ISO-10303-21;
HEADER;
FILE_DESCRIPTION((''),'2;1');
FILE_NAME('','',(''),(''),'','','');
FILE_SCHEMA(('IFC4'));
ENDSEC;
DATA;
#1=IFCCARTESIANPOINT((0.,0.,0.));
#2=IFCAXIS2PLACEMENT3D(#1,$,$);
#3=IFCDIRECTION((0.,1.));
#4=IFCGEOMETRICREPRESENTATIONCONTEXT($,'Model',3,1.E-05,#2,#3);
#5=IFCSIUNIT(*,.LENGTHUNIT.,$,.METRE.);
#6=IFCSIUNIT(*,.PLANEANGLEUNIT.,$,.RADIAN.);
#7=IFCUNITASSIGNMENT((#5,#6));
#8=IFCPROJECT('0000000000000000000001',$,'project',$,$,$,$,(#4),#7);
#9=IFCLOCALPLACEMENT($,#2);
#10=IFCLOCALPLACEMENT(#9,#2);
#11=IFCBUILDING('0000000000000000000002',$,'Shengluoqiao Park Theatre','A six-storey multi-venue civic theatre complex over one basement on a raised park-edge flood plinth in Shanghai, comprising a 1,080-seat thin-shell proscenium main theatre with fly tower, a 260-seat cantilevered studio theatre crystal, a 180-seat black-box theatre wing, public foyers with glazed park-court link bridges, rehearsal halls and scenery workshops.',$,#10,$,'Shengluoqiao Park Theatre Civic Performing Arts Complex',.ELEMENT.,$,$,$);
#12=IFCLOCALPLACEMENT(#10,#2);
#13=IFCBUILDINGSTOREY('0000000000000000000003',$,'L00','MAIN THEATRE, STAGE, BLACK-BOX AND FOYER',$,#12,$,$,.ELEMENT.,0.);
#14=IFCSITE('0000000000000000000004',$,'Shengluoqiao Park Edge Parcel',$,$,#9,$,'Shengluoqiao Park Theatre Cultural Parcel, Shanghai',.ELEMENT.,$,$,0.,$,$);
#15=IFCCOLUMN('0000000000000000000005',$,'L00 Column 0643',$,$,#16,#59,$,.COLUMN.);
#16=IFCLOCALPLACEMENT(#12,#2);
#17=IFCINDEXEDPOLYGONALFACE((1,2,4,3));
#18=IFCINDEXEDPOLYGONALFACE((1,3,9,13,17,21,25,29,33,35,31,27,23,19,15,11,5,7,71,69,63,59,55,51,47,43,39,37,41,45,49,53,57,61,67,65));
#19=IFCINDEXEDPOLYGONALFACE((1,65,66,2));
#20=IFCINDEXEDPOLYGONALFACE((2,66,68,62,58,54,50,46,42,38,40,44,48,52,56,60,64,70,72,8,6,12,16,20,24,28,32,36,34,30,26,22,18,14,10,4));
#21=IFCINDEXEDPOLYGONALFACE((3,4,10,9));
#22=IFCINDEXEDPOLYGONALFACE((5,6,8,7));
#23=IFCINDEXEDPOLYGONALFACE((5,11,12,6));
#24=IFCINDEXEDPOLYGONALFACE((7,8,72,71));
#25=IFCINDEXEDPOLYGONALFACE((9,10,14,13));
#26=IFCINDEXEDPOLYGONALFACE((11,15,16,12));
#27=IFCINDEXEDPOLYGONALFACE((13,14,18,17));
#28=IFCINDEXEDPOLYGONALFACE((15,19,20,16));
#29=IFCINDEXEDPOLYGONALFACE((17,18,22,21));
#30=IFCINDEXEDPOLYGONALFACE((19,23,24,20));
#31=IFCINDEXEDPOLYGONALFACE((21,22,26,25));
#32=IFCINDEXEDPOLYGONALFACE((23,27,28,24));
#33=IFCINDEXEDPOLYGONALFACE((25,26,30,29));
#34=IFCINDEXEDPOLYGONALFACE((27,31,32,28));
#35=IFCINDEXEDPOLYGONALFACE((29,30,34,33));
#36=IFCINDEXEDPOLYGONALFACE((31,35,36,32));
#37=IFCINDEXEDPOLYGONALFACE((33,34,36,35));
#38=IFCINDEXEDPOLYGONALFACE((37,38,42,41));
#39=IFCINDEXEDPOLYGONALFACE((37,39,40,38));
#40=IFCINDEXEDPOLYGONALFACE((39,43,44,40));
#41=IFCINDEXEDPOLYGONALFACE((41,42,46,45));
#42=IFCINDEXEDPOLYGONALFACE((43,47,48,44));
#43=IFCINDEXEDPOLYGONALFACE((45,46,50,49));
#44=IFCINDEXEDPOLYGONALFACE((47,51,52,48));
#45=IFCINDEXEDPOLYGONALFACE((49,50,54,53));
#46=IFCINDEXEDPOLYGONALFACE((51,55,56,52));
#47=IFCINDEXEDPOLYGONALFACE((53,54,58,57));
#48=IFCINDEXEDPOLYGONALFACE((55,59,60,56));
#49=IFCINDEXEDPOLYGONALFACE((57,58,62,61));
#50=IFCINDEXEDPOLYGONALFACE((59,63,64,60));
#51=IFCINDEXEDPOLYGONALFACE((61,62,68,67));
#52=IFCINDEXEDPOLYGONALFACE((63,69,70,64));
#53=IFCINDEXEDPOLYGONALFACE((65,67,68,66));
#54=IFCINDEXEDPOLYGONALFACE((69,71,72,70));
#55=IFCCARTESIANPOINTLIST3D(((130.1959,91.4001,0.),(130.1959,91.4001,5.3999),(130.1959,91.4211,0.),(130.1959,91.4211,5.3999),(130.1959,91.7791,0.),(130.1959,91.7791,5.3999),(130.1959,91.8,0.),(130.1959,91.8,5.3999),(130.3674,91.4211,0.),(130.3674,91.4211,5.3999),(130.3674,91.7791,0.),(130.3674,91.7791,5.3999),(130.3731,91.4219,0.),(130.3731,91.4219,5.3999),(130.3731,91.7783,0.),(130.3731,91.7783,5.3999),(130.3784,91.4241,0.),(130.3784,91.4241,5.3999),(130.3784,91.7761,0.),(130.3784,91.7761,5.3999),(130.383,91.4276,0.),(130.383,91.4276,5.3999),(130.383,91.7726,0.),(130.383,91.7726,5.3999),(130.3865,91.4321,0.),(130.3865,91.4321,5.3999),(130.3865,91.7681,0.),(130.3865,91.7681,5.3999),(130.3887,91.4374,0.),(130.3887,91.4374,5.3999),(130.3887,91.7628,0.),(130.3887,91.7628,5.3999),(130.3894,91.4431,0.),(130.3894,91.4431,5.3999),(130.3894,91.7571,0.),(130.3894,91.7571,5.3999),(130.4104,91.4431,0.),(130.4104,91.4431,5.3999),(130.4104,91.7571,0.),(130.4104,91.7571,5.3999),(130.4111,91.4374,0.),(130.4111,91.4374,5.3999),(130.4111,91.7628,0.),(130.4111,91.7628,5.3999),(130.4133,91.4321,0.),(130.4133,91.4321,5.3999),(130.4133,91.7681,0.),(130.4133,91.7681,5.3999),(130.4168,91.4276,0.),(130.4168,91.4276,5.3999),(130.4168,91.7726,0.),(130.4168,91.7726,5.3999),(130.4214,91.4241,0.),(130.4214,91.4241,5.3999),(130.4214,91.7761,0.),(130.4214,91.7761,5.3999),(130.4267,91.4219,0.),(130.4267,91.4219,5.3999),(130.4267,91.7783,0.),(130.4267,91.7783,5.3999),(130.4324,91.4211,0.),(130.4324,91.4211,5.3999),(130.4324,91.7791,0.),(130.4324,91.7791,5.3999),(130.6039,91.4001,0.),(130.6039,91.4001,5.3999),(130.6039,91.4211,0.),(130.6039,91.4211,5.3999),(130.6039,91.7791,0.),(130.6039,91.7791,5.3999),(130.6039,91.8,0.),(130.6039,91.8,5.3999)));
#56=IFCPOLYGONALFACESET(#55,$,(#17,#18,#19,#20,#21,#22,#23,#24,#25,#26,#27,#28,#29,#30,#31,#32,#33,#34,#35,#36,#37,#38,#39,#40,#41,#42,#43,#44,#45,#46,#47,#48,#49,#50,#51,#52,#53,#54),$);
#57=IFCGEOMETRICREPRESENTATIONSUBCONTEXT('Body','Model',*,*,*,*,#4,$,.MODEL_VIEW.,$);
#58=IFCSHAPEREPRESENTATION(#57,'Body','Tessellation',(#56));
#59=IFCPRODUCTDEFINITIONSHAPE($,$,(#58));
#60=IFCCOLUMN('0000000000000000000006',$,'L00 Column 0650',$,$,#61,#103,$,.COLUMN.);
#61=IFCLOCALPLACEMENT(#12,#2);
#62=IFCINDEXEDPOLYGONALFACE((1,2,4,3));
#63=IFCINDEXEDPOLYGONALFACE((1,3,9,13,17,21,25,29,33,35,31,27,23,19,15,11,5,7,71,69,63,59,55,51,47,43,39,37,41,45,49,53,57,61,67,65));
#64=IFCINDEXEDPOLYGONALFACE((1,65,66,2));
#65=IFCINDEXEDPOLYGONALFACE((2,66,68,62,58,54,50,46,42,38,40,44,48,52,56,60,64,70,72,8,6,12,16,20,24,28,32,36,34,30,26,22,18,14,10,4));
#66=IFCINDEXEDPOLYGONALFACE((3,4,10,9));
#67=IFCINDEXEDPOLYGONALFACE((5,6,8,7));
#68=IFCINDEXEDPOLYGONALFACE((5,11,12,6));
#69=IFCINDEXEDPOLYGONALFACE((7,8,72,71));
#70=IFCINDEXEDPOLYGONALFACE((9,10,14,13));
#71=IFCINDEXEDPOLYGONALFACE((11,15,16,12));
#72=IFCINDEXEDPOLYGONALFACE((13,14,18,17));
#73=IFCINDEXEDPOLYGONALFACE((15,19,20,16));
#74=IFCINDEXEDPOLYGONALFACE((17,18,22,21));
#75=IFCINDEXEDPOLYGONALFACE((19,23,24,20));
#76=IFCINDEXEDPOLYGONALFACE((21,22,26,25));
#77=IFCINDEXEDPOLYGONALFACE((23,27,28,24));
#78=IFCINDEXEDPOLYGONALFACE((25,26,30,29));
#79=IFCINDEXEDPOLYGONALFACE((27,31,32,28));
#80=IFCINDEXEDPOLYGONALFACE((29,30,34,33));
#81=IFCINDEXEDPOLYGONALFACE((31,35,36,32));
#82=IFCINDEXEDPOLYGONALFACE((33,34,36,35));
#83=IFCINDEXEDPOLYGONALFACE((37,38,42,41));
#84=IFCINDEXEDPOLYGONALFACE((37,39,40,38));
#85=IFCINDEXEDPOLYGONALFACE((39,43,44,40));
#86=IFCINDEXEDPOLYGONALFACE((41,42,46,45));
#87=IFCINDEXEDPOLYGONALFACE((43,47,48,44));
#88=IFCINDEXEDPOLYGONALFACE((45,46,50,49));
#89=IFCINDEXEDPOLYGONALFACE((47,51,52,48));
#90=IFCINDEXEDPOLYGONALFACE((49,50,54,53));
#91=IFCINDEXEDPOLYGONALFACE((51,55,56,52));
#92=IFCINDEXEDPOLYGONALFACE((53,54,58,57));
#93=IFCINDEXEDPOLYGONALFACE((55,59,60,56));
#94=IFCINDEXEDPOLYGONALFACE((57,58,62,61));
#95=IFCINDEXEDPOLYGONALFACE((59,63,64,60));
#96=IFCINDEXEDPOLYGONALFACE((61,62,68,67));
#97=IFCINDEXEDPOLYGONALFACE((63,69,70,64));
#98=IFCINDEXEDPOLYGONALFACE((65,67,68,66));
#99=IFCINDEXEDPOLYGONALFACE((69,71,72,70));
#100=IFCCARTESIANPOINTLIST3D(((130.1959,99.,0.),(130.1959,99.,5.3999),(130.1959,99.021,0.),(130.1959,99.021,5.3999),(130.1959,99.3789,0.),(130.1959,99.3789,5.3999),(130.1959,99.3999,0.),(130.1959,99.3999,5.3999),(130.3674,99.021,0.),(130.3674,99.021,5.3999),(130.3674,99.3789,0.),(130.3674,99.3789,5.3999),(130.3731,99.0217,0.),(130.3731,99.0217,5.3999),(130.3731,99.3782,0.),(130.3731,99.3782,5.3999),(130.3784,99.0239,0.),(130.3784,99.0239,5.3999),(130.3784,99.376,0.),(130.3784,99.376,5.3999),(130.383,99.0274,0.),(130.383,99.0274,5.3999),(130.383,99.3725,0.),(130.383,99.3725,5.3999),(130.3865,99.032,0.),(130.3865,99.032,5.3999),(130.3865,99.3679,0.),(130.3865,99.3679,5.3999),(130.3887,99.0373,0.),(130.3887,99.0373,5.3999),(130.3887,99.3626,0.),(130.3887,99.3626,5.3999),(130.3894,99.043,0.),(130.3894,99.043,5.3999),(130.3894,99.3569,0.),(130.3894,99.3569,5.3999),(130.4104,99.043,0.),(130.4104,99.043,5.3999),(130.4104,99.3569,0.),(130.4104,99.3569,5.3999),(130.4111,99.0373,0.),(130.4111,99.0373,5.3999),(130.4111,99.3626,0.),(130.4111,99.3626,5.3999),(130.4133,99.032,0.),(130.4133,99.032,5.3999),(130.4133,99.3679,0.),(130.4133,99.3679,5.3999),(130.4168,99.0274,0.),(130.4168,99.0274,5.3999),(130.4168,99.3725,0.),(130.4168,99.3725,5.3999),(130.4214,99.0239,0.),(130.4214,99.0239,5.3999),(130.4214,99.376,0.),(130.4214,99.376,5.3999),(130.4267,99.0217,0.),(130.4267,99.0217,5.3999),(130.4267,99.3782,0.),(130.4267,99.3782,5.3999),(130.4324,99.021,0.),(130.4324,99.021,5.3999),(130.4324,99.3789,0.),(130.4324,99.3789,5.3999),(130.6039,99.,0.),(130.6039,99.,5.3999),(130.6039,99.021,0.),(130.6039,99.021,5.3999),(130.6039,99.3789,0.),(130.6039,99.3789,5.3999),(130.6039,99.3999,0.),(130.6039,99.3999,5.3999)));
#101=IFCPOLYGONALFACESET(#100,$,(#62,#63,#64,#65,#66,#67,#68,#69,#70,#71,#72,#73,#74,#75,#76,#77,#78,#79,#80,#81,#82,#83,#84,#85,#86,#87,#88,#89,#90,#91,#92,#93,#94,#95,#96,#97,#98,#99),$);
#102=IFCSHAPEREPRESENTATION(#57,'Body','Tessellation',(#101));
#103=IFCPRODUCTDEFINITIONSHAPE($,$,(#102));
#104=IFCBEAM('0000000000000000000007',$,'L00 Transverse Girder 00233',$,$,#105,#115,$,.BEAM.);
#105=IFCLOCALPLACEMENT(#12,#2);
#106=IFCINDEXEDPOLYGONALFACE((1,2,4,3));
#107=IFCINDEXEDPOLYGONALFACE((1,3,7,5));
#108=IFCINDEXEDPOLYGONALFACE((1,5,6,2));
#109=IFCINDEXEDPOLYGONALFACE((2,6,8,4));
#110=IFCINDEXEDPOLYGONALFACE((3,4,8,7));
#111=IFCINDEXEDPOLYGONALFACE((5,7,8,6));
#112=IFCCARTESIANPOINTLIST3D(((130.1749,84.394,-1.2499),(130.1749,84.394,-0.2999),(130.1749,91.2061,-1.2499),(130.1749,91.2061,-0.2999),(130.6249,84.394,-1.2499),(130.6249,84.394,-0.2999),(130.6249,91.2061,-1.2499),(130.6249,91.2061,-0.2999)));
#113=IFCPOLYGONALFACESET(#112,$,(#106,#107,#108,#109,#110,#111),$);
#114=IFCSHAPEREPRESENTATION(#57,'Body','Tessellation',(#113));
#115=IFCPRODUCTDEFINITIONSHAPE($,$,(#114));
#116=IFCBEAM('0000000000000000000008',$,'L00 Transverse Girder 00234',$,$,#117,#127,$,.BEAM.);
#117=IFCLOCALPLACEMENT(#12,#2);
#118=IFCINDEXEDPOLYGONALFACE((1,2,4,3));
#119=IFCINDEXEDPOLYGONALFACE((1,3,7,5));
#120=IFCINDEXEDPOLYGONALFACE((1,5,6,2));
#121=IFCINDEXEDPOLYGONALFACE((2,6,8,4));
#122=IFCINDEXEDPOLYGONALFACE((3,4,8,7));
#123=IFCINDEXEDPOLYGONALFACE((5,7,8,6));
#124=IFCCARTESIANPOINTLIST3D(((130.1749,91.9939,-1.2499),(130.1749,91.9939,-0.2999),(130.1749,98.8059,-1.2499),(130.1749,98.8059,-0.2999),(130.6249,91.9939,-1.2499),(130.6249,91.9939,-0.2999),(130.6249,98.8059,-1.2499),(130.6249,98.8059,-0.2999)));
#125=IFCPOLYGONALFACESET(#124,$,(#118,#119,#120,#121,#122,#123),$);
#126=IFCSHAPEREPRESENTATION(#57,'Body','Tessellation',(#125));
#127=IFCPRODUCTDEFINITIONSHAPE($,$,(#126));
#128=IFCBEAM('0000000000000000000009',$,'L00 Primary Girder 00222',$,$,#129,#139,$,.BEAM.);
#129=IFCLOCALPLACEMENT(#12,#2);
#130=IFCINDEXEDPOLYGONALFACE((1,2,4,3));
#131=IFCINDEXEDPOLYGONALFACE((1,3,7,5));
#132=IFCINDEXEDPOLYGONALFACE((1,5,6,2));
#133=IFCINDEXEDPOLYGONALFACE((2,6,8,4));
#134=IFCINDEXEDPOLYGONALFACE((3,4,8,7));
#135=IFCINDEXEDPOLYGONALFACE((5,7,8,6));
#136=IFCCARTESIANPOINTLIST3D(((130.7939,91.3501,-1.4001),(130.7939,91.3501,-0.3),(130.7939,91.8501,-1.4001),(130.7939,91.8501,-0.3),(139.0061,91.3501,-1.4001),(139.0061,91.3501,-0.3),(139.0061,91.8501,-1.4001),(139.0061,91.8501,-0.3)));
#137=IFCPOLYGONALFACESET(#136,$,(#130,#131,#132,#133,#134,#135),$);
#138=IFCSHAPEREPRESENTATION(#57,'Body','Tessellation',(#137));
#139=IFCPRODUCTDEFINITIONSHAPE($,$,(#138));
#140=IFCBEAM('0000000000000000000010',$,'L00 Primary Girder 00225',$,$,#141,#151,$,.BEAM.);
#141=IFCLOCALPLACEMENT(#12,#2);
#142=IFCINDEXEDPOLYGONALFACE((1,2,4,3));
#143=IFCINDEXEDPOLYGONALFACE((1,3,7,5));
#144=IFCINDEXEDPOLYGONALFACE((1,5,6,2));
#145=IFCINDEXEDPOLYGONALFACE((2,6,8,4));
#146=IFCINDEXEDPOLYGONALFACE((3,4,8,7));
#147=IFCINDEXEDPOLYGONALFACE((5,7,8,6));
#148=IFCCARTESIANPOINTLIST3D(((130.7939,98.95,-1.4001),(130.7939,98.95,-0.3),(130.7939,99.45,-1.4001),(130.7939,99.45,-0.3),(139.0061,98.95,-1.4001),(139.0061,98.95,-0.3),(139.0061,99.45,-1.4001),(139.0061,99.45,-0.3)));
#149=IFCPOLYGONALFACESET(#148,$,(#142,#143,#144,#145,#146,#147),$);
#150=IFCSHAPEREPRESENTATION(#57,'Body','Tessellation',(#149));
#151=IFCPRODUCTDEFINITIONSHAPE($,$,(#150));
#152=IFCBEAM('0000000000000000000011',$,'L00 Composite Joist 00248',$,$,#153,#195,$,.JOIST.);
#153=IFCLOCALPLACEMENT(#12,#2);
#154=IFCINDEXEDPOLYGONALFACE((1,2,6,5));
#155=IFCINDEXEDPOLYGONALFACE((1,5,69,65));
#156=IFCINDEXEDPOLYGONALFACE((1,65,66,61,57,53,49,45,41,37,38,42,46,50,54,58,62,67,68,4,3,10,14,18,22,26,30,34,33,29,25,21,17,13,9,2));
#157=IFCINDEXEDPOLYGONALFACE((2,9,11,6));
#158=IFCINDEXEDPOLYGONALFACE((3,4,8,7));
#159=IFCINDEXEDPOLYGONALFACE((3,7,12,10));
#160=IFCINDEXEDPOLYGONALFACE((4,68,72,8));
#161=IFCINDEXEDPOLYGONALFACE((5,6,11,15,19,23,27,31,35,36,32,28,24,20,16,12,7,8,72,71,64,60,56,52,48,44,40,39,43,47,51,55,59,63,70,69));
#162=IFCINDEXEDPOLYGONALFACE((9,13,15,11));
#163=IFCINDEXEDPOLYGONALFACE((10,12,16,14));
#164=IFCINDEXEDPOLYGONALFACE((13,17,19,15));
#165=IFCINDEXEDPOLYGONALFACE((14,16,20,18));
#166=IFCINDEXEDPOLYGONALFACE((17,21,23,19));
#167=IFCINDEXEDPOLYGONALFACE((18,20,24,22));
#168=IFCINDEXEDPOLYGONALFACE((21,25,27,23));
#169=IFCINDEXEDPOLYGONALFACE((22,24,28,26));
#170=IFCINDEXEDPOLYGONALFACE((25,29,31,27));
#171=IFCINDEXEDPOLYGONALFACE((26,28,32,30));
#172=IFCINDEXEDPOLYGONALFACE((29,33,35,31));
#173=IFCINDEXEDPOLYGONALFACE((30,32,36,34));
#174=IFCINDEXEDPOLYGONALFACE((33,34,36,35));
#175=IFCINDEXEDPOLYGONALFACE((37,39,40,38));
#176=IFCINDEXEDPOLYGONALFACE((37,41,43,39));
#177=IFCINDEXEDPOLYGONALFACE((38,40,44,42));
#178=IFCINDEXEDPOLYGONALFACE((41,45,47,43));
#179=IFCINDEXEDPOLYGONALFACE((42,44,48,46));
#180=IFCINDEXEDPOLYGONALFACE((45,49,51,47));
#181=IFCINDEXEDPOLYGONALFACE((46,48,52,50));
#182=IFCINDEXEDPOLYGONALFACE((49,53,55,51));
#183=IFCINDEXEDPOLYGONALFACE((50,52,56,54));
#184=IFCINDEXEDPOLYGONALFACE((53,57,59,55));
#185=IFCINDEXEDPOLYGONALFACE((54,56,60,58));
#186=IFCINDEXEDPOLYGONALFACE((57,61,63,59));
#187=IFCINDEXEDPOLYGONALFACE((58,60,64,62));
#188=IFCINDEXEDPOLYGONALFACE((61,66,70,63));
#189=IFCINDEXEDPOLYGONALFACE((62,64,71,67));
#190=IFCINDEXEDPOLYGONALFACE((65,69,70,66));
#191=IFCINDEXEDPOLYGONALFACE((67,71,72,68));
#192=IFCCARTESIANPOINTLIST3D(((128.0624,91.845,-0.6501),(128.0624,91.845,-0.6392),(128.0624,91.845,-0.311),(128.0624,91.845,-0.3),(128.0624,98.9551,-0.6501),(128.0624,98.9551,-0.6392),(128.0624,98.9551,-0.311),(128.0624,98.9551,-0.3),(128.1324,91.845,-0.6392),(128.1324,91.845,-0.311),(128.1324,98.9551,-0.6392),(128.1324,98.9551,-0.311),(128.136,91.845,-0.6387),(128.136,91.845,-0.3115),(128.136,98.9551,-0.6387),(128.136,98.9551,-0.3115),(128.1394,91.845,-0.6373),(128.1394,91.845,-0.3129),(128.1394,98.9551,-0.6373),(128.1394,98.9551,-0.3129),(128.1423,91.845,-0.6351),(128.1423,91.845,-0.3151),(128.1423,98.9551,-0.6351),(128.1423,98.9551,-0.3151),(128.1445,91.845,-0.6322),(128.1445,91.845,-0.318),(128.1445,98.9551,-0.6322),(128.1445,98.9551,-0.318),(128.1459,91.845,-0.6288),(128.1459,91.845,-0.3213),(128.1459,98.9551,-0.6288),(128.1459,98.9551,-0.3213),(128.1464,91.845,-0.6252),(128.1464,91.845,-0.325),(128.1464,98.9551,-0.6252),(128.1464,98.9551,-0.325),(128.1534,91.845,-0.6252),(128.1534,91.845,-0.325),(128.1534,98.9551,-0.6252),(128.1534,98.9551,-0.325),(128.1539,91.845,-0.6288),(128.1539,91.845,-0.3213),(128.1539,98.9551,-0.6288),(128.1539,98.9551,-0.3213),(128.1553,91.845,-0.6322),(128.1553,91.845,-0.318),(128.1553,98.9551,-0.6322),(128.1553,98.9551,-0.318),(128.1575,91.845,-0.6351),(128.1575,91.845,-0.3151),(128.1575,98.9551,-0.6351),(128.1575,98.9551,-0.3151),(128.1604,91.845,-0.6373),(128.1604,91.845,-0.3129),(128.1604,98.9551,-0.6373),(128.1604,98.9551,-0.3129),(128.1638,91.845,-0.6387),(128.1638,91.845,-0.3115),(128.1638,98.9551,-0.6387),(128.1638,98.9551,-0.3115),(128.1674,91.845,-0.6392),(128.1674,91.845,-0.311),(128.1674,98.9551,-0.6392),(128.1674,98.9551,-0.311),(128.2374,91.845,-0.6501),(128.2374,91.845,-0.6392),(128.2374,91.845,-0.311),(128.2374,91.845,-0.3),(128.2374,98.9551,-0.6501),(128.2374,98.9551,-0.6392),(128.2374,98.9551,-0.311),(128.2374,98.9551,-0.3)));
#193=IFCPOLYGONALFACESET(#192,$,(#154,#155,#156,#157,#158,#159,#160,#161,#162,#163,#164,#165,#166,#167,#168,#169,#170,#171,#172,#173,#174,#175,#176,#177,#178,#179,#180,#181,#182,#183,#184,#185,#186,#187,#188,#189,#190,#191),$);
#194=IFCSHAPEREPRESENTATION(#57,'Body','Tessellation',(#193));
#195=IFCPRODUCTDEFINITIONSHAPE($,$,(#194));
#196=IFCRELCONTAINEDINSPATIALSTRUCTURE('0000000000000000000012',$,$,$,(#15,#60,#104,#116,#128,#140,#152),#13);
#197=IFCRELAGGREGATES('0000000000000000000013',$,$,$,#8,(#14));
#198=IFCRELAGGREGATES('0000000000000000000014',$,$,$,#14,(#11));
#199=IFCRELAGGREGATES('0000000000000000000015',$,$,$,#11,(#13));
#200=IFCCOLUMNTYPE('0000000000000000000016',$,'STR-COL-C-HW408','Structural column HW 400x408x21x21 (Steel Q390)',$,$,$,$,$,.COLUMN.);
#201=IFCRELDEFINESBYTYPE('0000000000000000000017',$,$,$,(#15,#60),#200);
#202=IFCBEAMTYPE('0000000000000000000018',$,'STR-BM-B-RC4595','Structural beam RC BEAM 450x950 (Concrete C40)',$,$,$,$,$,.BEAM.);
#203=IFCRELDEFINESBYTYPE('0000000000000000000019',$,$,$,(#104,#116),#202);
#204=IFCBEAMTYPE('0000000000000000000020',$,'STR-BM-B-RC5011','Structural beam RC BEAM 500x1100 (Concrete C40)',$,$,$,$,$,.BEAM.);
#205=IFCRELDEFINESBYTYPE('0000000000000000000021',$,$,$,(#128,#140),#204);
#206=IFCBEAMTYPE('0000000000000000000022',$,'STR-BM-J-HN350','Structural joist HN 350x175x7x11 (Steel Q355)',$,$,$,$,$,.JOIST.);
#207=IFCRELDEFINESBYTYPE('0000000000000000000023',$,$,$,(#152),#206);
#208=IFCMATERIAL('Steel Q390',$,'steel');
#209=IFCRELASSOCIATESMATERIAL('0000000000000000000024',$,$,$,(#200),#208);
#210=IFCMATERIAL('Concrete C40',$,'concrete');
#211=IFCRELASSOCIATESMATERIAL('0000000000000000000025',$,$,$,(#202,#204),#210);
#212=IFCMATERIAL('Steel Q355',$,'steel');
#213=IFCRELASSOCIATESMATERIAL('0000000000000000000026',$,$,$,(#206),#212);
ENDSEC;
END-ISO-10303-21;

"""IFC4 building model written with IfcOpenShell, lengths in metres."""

from ifc_helpers import new_model, si_unit, direction, frame, origin, origin_2d, place, context, subcontext, project, spatial, rectangle, i_section, extrude, material, material_profile, profile_set, type_object, element, save


model = new_model("IFC4")

# Units and contexts
model_context = context("Model", 3, precision=1e-05, world=origin(), true_north=direction((0.0, 1.0)))
body_context = subcontext(model_context, "Body", "Model", "MODEL_VIEW")
ifc_project = project(units=[si_unit("LENGTHUNIT", "METRE"), si_unit("PLANEANGLEUNIT", "RADIAN")], contexts=[model_context])

# Site, building, storey
site_placement = place(None, origin())
site = spatial("IfcSite", under=ifc_project, at=site_placement, Name="Shengluoqiao Park Edge Parcel", LongName="Shengluoqiao Park Theatre Cultural Parcel, Shanghai", CompositionType="ELEMENT", RefElevation=0.0)
building_placement = place(site_placement, origin())
building = spatial("IfcBuilding", under=site, at=building_placement, Name="Shengluoqiao Park Theatre", Description="A six-storey multi-venue civic theatre complex over one basement on a raised park-edge flood plinth in Shanghai, comprising a 1,080-seat thin-shell proscenium main theatre with fly tower, a 260-seat cantilevered studio theatre crystal, a 180-seat black-box theatre wing, public foyers with glazed park-court link bridges, rehearsal halls and scenery workshops.", LongName="Shengluoqiao Park Theatre Civic Performing Arts Complex", CompositionType="ELEMENT")
storey_placement = place(building_placement, origin())
storey = spatial("IfcBuildingStorey", under=building, at=storey_placement, Name="L00", Description="MAIN THEATRE, STAGE, BLACK-BOX AND FOYER", CompositionType="ELEMENT", Elevation=0.0)

# Columns
ifc_material_1 = material(Name="Steel Q390", Category="steel")
ifc_material_profile_1 = material_profile(ifc_material_1, i_section(OverallWidth=0.408, OverallDepth=0.3999, WebThickness=0.021, FlangeThickness=0.021, FilletRadius=0.022, at=origin_2d()), Name="HW 400x408x21x21")
ifc_profile_set_1 = profile_set([ifc_material_profile_1], Name="Steel Q390")
column_type = type_object("IfcColumnType", Name="STR-COL-C-HW408", Description="Structural column HW 400x408x21x21 (Steel Q390)", PredefinedType="COLUMN", material=ifc_profile_set_1)
for number, where, z_axis, x_axis, name in (
    (1, (130.3999, 91.6001, 0.0), (0.0, 0.0, 1.0), (1.0, 0.0, 0.0), "L00 Column 0643"),
    (2, (130.3999, 99.2, 0.0), (0.0, 0.0, 1.0), (1.0, 0.0, 0.0), "L00 Column 0650"),
):
    element("IfcColumn", number, at=place(storey_placement, frame(where, z_axis=z_axis, x_axis=x_axis)), inside=storey, type_object=column_type, Name=name, PredefinedType="COLUMN", context=body_context, shape_type="SweptSolid", body=[
        extrude(i_section(OverallWidth=0.408, OverallDepth=0.3999, WebThickness=0.021, FlangeThickness=0.021, FilletRadius=0.022, at=origin_2d()), origin(), (0.0, 0.0, 1.0), 5.3999),
    ])

# Beams
ifc_material_2 = material(Name="Concrete C40", Category="concrete")
ifc_material_profile_2 = material_profile(ifc_material_2, rectangle(XDim=0.45, YDim=0.95, at=origin_2d()), Name="RC BEAM 450x950")
ifc_profile_set_2 = profile_set([ifc_material_profile_2], Name="Concrete C40")
beam_type_1 = type_object("IfcBeamType", Name="STR-BM-B-RC4595", Description="Structural beam RC BEAM 450x950 (Concrete C40)", PredefinedType="BEAM", material=ifc_profile_set_2)
for number, where, z_axis, x_axis, name in (
    (3, (130.3999, 84.394, -0.7749), (0.0, 1.0, 0.0), (-1.0, 0.0, 0.0), "L00 Transverse Girder 00233"),
    (4, (130.3999, 91.9939, -0.7749), (0.0, 1.0, 0.0), (-1.0, 0.0, 0.0), "L00 Transverse Girder 00234"),
):
    element("IfcBeam", number, at=place(storey_placement, frame(where, z_axis=z_axis, x_axis=x_axis)), inside=storey, type_object=beam_type_1, Name=name, PredefinedType="BEAM", context=body_context, shape_type="SweptSolid", body=[
        extrude(rectangle(XDim=0.45, YDim=0.95, at=origin_2d()), origin(), (0.0, 0.0, 1.0), 6.812),
    ])
ifc_material_profile_3 = material_profile(ifc_material_2, rectangle(XDim=0.5, YDim=1.1001, at=origin_2d()), Name="RC BEAM 500x1100")
ifc_profile_set_3 = profile_set([ifc_material_profile_3], Name="Concrete C40")
beam_type_2 = type_object("IfcBeamType", Name="STR-BM-B-RC5011", Description="Structural beam RC BEAM 500x1100 (Concrete C40)", PredefinedType="BEAM", material=ifc_profile_set_3)
for number, where, z_axis, x_axis, name in (
    (5, (130.7939, 91.6001, -0.8501), (1.0, 0.0, 0.0), (0.0, 1.0, 0.0), "L00 Primary Girder 00222"),
    (6, (130.7939, 99.2, -0.8501), (1.0, 0.0, 0.0), (0.0, 1.0, 0.0), "L00 Primary Girder 00225"),
):
    element("IfcBeam", number, at=place(storey_placement, frame(where, z_axis=z_axis, x_axis=x_axis)), inside=storey, type_object=beam_type_2, Name=name, PredefinedType="BEAM", context=body_context, shape_type="SweptSolid", body=[
        extrude(rectangle(XDim=0.5, YDim=1.1001, at=origin_2d()), origin(), (0.0, 0.0, 1.0), 8.2122),
    ])
ifc_material_3 = material(Name="Steel Q355", Category="steel")
ifc_material_profile_4 = material_profile(ifc_material_3, i_section(OverallWidth=0.175, OverallDepth=0.3501, WebThickness=0.0071, FlangeThickness=0.011, FilletRadius=0.0139, at=origin_2d()), Name="HN 350x175x7x11")
ifc_profile_set_4 = profile_set([ifc_material_profile_4], Name="Steel Q355")
beam_type_3 = type_object("IfcBeamType", Name="STR-BM-J-HN350", Description="Structural joist HN 350x175x7x11 (Steel Q355)", PredefinedType="JOIST", material=ifc_profile_set_4)
beam_1_placement = place(storey_placement, frame((128.1499, 91.845, -0.4751), z_axis=(0.0, 1.0, 0.0), x_axis=(-1.0, 0.0, 0.0)))
element("IfcBeam", 7, at=beam_1_placement, inside=storey, type_object=beam_type_3, Name="L00 Composite Joist 00248", PredefinedType="JOIST", context=body_context, shape_type="SweptSolid", body=[
    extrude(i_section(OverallWidth=0.175, OverallDepth=0.3501, WebThickness=0.0071, FlangeThickness=0.011, FilletRadius=0.0139, at=origin_2d()), origin(), (0.0, 0.0, 1.0), 7.1101),
])

save(model, "model.ifc")
